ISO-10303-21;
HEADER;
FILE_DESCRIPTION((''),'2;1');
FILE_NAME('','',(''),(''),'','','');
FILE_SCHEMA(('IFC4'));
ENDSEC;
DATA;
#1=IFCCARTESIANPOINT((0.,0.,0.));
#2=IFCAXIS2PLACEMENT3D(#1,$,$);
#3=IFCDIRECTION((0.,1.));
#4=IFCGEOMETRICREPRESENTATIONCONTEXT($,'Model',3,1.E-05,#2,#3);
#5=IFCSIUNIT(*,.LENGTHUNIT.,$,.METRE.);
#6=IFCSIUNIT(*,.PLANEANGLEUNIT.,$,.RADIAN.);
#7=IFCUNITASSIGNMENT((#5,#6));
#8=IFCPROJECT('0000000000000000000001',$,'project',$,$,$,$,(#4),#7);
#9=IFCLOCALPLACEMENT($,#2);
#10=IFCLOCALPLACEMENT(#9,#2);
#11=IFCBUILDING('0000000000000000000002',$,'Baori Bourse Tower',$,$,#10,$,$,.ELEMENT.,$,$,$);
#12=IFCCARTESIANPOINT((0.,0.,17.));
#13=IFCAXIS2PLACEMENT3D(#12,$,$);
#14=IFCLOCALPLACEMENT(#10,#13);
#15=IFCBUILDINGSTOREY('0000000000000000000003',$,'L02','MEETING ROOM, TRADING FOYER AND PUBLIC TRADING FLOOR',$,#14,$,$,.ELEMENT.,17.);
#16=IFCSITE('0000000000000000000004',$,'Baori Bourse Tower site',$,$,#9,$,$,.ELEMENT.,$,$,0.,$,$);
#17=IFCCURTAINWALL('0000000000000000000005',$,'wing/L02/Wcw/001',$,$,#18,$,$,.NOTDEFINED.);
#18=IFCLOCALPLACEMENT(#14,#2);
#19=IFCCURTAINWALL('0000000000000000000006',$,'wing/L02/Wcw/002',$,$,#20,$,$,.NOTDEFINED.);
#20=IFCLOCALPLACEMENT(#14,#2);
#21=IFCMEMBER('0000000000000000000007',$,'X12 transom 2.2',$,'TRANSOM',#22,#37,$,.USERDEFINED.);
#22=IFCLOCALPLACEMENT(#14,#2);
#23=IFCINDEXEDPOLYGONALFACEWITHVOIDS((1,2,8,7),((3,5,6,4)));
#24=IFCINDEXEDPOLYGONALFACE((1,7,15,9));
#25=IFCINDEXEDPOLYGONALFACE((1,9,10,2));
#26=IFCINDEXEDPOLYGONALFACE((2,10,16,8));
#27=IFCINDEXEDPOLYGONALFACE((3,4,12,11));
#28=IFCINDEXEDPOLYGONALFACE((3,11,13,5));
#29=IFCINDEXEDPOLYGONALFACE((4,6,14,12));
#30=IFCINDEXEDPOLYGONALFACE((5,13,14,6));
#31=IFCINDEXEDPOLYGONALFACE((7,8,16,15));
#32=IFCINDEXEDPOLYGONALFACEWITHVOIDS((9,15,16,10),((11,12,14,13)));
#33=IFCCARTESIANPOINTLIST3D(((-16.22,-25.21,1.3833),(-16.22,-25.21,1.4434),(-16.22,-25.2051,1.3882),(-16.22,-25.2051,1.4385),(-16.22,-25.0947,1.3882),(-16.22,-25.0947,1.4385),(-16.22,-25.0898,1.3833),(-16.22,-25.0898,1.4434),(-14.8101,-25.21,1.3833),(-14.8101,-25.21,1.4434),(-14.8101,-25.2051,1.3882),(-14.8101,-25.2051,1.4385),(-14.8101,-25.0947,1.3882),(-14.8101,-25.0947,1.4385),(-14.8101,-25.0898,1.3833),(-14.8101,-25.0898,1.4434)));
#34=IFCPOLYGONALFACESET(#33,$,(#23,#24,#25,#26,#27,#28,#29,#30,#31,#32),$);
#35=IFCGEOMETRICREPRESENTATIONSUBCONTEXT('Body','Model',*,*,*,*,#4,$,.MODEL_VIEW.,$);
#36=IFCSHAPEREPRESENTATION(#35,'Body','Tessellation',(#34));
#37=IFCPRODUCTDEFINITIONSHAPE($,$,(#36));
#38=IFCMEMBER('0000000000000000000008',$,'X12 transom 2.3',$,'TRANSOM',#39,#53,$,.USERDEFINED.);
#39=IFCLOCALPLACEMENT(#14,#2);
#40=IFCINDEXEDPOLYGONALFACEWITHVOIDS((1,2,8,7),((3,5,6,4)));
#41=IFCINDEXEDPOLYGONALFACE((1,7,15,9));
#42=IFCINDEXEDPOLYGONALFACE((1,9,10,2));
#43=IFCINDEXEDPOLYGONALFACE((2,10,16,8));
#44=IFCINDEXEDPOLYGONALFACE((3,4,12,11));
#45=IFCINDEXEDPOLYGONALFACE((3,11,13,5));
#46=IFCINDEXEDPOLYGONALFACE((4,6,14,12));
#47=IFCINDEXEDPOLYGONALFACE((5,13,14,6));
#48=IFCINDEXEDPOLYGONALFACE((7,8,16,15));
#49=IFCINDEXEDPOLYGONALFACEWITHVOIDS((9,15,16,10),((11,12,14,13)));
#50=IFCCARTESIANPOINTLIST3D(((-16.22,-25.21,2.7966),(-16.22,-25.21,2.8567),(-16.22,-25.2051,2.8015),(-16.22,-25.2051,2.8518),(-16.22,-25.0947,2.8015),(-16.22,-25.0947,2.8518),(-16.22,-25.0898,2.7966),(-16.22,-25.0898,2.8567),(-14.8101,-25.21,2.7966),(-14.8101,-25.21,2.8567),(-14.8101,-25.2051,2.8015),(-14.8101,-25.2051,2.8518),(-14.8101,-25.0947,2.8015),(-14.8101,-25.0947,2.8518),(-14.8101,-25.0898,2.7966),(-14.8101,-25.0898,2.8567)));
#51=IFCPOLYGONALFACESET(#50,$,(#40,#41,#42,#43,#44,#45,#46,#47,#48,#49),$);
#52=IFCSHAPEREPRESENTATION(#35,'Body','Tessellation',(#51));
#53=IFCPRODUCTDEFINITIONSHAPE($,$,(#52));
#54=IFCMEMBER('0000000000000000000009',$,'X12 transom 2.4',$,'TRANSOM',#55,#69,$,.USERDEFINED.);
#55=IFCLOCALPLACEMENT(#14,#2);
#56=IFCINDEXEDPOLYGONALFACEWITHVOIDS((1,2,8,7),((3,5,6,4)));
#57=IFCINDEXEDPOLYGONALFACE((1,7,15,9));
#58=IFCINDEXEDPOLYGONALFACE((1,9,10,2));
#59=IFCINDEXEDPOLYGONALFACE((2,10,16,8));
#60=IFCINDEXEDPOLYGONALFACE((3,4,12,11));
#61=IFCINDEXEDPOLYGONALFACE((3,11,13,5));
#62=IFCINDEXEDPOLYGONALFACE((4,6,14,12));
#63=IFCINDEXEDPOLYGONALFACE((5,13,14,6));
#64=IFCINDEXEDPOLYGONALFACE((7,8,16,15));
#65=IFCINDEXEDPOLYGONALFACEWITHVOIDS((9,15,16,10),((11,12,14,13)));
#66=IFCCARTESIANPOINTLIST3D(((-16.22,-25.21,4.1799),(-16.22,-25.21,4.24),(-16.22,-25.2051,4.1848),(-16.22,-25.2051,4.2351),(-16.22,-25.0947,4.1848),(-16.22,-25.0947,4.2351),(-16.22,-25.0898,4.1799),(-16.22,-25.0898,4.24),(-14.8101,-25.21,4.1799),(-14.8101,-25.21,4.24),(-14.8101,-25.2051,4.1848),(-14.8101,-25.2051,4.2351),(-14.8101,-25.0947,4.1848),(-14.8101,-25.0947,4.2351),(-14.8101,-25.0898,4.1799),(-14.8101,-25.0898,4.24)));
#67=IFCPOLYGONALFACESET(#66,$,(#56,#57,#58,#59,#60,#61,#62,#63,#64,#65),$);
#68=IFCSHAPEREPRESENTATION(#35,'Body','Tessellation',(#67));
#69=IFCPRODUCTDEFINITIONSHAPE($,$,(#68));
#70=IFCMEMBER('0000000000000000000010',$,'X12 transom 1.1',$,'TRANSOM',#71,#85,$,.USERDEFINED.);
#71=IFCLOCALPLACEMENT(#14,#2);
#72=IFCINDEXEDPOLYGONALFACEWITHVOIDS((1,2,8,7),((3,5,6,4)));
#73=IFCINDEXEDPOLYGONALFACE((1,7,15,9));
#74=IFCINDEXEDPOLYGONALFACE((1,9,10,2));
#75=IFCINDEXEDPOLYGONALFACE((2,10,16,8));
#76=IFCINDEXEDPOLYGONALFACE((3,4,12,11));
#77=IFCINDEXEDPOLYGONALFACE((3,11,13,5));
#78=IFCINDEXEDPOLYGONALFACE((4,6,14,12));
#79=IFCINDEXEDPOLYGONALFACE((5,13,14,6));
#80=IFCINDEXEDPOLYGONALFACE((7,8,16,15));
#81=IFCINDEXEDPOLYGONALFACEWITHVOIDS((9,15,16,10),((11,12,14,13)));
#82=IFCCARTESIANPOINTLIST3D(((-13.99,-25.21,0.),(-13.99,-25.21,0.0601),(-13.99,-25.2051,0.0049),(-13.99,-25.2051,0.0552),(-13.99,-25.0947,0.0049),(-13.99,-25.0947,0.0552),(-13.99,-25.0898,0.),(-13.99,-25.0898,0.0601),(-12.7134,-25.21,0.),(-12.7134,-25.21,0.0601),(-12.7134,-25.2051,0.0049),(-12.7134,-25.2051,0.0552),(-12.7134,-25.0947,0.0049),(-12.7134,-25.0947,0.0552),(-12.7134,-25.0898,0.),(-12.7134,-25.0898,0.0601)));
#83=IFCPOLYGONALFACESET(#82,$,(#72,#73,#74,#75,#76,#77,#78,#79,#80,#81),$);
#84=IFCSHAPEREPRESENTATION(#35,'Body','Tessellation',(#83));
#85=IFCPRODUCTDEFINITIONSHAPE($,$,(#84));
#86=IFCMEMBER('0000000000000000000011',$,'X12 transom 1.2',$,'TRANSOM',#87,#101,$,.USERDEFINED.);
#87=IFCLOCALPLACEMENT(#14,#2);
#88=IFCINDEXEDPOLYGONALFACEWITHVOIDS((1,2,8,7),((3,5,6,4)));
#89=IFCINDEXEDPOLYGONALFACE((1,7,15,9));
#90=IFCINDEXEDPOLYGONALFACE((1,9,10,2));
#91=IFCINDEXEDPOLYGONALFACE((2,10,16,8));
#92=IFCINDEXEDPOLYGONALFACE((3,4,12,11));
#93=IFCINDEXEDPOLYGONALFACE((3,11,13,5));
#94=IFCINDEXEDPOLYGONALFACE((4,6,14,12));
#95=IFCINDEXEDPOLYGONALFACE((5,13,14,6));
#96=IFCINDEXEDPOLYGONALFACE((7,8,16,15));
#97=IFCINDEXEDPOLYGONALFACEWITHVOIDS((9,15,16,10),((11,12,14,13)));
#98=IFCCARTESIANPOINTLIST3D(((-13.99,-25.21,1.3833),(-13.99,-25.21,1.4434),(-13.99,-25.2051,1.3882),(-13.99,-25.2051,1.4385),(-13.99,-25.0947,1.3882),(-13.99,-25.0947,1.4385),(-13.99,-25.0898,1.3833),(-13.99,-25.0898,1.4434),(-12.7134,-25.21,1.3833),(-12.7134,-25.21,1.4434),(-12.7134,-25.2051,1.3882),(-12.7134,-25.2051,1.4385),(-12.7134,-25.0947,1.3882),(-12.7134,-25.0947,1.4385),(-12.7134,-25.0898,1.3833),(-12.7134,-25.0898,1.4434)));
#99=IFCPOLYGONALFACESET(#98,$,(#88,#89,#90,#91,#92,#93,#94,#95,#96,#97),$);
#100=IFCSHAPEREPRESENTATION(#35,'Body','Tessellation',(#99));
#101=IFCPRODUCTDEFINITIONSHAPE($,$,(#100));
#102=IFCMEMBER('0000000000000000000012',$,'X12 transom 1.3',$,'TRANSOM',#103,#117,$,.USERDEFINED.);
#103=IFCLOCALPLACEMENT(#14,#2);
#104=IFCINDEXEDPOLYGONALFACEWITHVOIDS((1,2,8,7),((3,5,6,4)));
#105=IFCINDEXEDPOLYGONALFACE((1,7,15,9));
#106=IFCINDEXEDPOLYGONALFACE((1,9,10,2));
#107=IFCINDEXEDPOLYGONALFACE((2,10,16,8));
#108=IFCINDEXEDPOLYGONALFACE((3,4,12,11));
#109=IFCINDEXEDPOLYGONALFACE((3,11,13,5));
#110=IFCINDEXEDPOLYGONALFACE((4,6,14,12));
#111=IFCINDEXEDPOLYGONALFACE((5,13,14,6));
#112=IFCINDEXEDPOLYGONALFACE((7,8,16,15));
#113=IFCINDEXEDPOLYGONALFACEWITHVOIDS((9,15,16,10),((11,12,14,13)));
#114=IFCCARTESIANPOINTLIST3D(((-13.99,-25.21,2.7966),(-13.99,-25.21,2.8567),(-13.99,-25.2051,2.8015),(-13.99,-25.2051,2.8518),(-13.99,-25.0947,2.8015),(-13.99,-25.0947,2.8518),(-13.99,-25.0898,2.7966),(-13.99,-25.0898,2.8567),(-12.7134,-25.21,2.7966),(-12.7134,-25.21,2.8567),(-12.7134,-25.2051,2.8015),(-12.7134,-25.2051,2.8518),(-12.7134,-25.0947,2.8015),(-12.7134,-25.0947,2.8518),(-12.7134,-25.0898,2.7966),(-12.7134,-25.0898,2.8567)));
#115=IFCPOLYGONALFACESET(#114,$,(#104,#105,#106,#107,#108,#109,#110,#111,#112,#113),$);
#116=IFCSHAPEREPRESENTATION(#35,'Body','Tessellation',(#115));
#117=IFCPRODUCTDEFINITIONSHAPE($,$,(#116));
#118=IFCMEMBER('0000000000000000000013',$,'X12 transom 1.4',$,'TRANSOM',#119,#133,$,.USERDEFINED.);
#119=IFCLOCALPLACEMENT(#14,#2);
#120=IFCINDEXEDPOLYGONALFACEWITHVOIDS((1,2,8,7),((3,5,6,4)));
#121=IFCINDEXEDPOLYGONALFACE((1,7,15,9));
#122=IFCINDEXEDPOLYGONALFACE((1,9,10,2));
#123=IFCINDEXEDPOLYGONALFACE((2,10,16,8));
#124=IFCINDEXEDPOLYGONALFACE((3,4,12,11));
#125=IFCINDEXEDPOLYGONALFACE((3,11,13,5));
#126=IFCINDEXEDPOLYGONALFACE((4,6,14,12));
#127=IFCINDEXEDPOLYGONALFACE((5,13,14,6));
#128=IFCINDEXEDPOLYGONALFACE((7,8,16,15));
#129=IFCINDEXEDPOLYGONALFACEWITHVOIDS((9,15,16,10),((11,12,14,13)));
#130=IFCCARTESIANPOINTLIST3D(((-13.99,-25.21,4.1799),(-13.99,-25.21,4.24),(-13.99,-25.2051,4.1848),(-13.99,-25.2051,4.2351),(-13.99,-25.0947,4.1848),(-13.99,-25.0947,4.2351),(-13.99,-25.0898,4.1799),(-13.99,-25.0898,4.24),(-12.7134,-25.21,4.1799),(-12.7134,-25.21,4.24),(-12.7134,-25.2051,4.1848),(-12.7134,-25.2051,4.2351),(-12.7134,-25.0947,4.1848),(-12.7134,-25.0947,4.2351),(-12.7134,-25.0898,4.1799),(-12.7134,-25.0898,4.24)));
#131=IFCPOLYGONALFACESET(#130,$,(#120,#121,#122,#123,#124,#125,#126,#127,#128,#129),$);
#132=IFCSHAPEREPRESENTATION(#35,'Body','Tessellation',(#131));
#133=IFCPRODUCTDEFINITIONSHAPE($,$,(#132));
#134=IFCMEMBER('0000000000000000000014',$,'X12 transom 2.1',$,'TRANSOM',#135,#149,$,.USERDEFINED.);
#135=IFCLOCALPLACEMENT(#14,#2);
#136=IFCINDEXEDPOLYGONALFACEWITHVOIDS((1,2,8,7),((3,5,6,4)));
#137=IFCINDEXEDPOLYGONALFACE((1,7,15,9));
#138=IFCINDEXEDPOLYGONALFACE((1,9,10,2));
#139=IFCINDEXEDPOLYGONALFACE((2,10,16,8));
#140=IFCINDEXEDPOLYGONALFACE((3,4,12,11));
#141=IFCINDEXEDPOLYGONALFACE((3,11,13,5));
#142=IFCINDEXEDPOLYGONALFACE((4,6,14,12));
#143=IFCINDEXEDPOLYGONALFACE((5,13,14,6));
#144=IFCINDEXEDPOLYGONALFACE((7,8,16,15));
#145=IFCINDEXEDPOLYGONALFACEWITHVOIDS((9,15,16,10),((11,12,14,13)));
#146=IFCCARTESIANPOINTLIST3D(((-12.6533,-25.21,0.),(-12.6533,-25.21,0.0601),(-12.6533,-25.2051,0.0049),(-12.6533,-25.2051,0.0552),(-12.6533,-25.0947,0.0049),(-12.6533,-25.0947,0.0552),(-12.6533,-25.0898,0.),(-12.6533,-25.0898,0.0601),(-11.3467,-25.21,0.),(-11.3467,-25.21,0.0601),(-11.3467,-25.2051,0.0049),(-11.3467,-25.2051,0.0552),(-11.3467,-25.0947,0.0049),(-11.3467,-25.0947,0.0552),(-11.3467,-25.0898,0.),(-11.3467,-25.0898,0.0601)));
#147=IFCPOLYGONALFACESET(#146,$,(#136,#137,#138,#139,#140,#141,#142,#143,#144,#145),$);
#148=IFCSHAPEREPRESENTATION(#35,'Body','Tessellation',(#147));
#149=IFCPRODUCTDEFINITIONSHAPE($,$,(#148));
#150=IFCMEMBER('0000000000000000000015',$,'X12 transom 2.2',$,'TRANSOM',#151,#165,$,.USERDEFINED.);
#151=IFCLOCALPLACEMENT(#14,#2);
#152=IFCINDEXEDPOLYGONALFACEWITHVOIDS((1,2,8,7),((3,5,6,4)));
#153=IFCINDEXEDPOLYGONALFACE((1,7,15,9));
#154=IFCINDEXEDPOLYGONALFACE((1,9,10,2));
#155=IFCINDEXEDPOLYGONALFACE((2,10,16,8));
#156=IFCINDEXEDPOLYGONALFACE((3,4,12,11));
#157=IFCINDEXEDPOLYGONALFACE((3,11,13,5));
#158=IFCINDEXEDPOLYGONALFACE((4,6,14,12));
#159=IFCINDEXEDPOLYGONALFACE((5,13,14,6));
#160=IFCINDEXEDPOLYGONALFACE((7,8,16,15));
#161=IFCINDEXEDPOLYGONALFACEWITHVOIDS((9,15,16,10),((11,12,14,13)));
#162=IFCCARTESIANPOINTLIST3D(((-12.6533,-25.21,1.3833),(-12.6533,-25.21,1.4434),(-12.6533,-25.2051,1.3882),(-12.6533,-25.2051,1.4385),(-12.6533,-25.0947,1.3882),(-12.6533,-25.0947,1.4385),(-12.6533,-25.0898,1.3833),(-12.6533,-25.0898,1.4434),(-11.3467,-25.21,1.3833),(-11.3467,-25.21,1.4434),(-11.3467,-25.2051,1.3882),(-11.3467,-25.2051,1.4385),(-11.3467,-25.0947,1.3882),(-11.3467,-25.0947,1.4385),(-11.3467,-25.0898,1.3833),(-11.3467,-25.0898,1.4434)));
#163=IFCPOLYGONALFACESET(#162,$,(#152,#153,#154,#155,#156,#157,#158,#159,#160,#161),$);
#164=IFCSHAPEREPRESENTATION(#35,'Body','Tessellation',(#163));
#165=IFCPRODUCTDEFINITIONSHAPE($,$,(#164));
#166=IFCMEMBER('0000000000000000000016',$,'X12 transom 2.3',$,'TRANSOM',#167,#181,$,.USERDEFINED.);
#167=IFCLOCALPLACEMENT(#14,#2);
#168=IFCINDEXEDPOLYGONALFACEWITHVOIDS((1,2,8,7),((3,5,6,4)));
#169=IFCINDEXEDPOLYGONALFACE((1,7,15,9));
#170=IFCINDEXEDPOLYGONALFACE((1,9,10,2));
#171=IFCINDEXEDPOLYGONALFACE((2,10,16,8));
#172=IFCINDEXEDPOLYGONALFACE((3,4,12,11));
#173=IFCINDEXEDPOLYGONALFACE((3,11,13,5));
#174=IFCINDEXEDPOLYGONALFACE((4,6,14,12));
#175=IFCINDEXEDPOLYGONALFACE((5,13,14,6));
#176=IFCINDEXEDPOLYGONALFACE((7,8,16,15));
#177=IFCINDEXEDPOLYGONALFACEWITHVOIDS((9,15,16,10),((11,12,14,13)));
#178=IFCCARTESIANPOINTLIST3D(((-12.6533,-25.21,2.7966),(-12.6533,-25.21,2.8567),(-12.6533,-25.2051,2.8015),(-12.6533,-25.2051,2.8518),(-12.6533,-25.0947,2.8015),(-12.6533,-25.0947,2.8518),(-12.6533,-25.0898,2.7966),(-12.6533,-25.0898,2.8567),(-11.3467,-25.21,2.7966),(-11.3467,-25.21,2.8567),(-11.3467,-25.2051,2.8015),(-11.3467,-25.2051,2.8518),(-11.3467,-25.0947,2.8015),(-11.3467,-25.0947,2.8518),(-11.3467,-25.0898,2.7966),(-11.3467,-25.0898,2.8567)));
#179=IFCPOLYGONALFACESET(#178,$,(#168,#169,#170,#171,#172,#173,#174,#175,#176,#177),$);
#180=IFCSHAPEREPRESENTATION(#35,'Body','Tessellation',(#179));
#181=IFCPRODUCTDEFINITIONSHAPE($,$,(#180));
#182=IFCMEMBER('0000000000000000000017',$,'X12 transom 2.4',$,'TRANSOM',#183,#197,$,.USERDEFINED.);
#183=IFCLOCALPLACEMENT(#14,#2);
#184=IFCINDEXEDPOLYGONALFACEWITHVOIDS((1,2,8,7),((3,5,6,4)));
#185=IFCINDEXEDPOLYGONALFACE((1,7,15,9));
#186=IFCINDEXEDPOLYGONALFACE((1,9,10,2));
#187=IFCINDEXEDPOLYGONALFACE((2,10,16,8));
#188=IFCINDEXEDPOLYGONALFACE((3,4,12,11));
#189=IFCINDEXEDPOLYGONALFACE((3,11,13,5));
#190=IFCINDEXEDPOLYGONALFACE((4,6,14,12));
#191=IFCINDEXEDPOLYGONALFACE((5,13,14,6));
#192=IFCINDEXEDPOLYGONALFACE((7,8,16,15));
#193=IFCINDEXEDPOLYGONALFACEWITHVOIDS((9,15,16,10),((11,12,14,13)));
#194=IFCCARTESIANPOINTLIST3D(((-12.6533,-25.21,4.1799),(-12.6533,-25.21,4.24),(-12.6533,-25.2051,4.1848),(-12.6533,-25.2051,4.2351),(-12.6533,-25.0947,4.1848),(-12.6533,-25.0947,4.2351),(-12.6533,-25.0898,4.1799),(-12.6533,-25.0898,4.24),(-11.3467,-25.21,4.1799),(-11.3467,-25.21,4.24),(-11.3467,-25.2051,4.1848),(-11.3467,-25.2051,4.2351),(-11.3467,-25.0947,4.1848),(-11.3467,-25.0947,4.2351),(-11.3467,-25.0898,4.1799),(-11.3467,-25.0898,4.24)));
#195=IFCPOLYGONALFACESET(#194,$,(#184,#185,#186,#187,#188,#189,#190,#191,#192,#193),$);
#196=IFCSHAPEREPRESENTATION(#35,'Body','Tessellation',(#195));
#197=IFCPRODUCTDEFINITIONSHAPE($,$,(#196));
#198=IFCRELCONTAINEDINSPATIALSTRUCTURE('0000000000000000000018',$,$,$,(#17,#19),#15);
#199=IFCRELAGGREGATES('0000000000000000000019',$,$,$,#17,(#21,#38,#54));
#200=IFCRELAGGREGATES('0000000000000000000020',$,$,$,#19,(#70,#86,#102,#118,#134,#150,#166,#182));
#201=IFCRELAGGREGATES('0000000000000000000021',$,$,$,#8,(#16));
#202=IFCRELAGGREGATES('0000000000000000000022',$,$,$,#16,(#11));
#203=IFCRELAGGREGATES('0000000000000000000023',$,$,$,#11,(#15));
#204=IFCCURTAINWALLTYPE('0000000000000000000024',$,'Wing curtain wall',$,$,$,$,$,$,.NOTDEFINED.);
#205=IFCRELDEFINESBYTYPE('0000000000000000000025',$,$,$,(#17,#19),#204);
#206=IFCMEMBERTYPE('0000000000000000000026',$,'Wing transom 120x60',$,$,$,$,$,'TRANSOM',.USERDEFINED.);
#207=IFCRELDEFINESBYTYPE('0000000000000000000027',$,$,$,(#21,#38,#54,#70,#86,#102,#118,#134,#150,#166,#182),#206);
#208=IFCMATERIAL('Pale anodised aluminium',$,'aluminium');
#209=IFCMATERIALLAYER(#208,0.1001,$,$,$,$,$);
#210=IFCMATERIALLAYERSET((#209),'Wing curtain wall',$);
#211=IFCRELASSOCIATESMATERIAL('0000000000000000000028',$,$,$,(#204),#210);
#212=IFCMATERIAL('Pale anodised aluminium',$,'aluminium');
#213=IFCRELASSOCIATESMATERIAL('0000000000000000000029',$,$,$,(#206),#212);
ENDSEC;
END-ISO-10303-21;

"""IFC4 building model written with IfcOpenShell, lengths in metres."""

from ifc_helpers import new_model, si_unit, direction, frame, origin, origin_2d, place, context, subcontext, project, spatial, hollow_rectangle, extrude, material, layer, layer_set, material_profile, profile_set, type_object, element, aggregate, save


model = new_model("IFC4")

# Units and contexts
model_context = context("Model", 3, precision=1e-05, world=origin(), true_north=direction((0.0, 1.0)))
body_context = subcontext(model_context, "Body", "Model", "MODEL_VIEW")
ifc_project = project(units=[si_unit("LENGTHUNIT", "METRE"), si_unit("PLANEANGLEUNIT", "RADIAN")], contexts=[model_context])

# Site, building, storey
site_placement = place(None, origin())
site = spatial("IfcSite", under=ifc_project, at=site_placement, Name="Baori Bourse Tower site", CompositionType="ELEMENT", RefElevation=0.0)
building_placement = place(site_placement, origin())
building = spatial("IfcBuilding", under=site, at=building_placement, Name="Baori Bourse Tower", CompositionType="ELEMENT")
storey_placement = place(building_placement, frame((0.0, 0.0, 17.0)))
storey = spatial("IfcBuildingStorey", under=building, at=storey_placement, Name="L02", Description="MEETING ROOM, TRADING FOYER AND PUBLIC TRADING FLOOR", CompositionType="ELEMENT", Elevation=17.0)

# Curtain walls
ifc_material_1 = material(Name="Pale anodised aluminium", Category="aluminium")
ifc_layer_1 = layer(ifc_material_1, 0.1001)
ifc_layer_set_1 = layer_set([ifc_layer_1], Name="Wing curtain wall")
curtain_wall_type = type_object("IfcCurtainWallType", Name="Wing curtain wall", PredefinedType="NOTDEFINED", material=ifc_layer_set_1)
curtain_wall_1_placement = place(storey_placement, origin())
curtain_wall_1 = element("IfcCurtainWall", 1, at=curtain_wall_1_placement, inside=storey, type_object=curtain_wall_type, Name="wing/L02/Wcw/001", PredefinedType="NOTDEFINED")
curtain_wall_2_placement = place(storey_placement, origin())
curtain_wall_2 = element("IfcCurtainWall", 2, at=curtain_wall_2_placement, inside=storey, type_object=curtain_wall_type, Name="wing/L02/Wcw/002", PredefinedType="NOTDEFINED")

# Members
ifc_material_2 = material(Name="Pale anodised aluminium", Category="aluminium")
ifc_material_profile_1 = material_profile(ifc_material_2, hollow_rectangle(XDim=0.1201, YDim=0.0601, WallThickness=0.0049, at=origin_2d()), Name="Transom 120x60x5")
ifc_profile_set_1 = profile_set([ifc_material_profile_1], Name="Pale anodised aluminium")
member_type_1 = type_object("IfcMemberType", Name="Wing transom 120x60", ElementType="TRANSOM", PredefinedType="USERDEFINED", material=ifc_profile_set_1)
member_1_placement = place(storey_placement, frame((-16.22, -25.1499, 1.4133), z_axis=(1.0, 0.0, 0.0), x_axis=(0.0, 1.0, 0.0)))
member_1 = element("IfcMember", 3, at=member_1_placement, type_object=member_type_1, Name="X12 transom 2.2", ObjectType="TRANSOM", PredefinedType="USERDEFINED", context=body_context, shape_type="SweptSolid", body=[
    extrude(hollow_rectangle(XDim=0.1201, YDim=0.0601, WallThickness=0.0049, at=origin_2d()), origin(), (0.0, 0.0, 1.0), 1.4099),
])
member_2_placement = place(storey_placement, frame((-16.22, -25.1499, 2.8267), z_axis=(1.0, 0.0, 0.0), x_axis=(0.0, 1.0, 0.0)))
member_2 = element("IfcMember", 4, at=member_2_placement, type_object=member_type_1, Name="X12 transom 2.3", ObjectType="TRANSOM", PredefinedType="USERDEFINED", context=body_context, shape_type="SweptSolid", body=[
    extrude(hollow_rectangle(XDim=0.1201, YDim=0.0601, WallThickness=0.0049, at=origin_2d()), origin(), (0.0, 0.0, 1.0), 1.4099),
])
member_3_placement = place(storey_placement, frame((-16.22, -25.1499, 4.21), z_axis=(1.0, 0.0, 0.0), x_axis=(0.0, 1.0, 0.0)))
member_3 = element("IfcMember", 5, at=member_3_placement, type_object=member_type_1, Name="X12 transom 2.4", ObjectType="TRANSOM", PredefinedType="USERDEFINED", context=body_context, shape_type="SweptSolid", body=[
    extrude(hollow_rectangle(XDim=0.1201, YDim=0.0601, WallThickness=0.0049, at=origin_2d()), origin(), (0.0, 0.0, 1.0), 1.4099),
])
member_4_placement = place(storey_placement, frame((-13.99, -25.1499, 0.03), z_axis=(1.0, 0.0, 0.0), x_axis=(0.0, 1.0, 0.0)))
member_4 = element("IfcMember", 6, at=member_4_placement, type_object=member_type_1, Name="X12 transom 1.1", ObjectType="TRANSOM", PredefinedType="USERDEFINED", context=body_context, shape_type="SweptSolid", body=[
    extrude(hollow_rectangle(XDim=0.1201, YDim=0.0601, WallThickness=0.0049, at=origin_2d()), origin(), (0.0, 0.0, 1.0), 1.2766),
])
member_5_placement = place(storey_placement, frame((-13.99, -25.1499, 1.4133), z_axis=(1.0, 0.0, 0.0), x_axis=(0.0, 1.0, 0.0)))
member_5 = element("IfcMember", 7, at=member_5_placement, type_object=member_type_1, Name="X12 transom 1.2", ObjectType="TRANSOM", PredefinedType="USERDEFINED", context=body_context, shape_type="SweptSolid", body=[
    extrude(hollow_rectangle(XDim=0.1201, YDim=0.0601, WallThickness=0.0049, at=origin_2d()), origin(), (0.0, 0.0, 1.0), 1.2766),
])
member_6_placement = place(storey_placement, frame((-13.99, -25.1499, 2.8267), z_axis=(1.0, 0.0, 0.0), x_axis=(0.0, 1.0, 0.0)))
member_6 = element("IfcMember", 8, at=member_6_placement, type_object=member_type_1, Name="X12 transom 1.3", ObjectType="TRANSOM", PredefinedType="USERDEFINED", context=body_context, shape_type="SweptSolid", body=[
    extrude(hollow_rectangle(XDim=0.1201, YDim=0.0601, WallThickness=0.0049, at=origin_2d()), origin(), (0.0, 0.0, 1.0), 1.2766),
])
member_7_placement = place(storey_placement, frame((-13.99, -25.1499, 4.21), z_axis=(1.0, 0.0, 0.0), x_axis=(0.0, 1.0, 0.0)))
member_7 = element("IfcMember", 9, at=member_7_placement, type_object=member_type_1, Name="X12 transom 1.4", ObjectType="TRANSOM", PredefinedType="USERDEFINED", context=body_context, shape_type="SweptSolid", body=[
    extrude(hollow_rectangle(XDim=0.1201, YDim=0.0601, WallThickness=0.0049, at=origin_2d()), origin(), (0.0, 0.0, 1.0), 1.2766),
])
member_8_placement = place(storey_placement, frame((-12.6533, -25.1499, 0.03), z_axis=(1.0, 0.0, 0.0), x_axis=(0.0, 1.0, 0.0)))
member_8 = element("IfcMember", 10, at=member_8_placement, type_object=member_type_1, Name="X12 transom 2.1", ObjectType="TRANSOM", PredefinedType="USERDEFINED", context=body_context, shape_type="SweptSolid", body=[
    extrude(hollow_rectangle(XDim=0.1201, YDim=0.0601, WallThickness=0.0049, at=origin_2d()), origin(), (0.0, 0.0, 1.0), 1.3066),
])
member_9_placement = place(storey_placement, frame((-12.6533, -25.1499, 1.4133), z_axis=(1.0, 0.0, 0.0), x_axis=(0.0, 1.0, 0.0)))
member_9 = element("IfcMember", 11, at=member_9_placement, type_object=member_type_1, Name="X12 transom 2.2", ObjectType="TRANSOM", PredefinedType="USERDEFINED", context=body_context, shape_type="SweptSolid", body=[
    extrude(hollow_rectangle(XDim=0.1201, YDim=0.0601, WallThickness=0.0049, at=origin_2d()), origin(), (0.0, 0.0, 1.0), 1.3066),
])
member_10_placement = place(storey_placement, frame((-12.6533, -25.1499, 2.8267), z_axis=(1.0, 0.0, 0.0), x_axis=(0.0, 1.0, 0.0)))
member_10 = element("IfcMember", 12, at=member_10_placement, type_object=member_type_1, Name="X12 transom 2.3", ObjectType="TRANSOM", PredefinedType="USERDEFINED", context=body_context, shape_type="SweptSolid", body=[
    extrude(hollow_rectangle(XDim=0.1201, YDim=0.0601, WallThickness=0.0049, at=origin_2d()), origin(), (0.0, 0.0, 1.0), 1.3066),
])
member_11_placement = place(storey_placement, frame((-12.6533, -25.1499, 4.21), z_axis=(1.0, 0.0, 0.0), x_axis=(0.0, 1.0, 0.0)))
member_11 = element("IfcMember", 13, at=member_11_placement, type_object=member_type_1, Name="X12 transom 2.4", ObjectType="TRANSOM", PredefinedType="USERDEFINED", context=body_context, shape_type="SweptSolid", body=[
    extrude(hollow_rectangle(XDim=0.1201, YDim=0.0601, WallThickness=0.0049, at=origin_2d()), origin(), (0.0, 0.0, 1.0), 1.3066),
])

aggregate(curtain_wall_1, [member_1, member_2, member_3])
aggregate(curtain_wall_2, [member_4, member_5, member_6, member_7, member_8, member_9, member_10, member_11])

save(model, "model.ifc")
